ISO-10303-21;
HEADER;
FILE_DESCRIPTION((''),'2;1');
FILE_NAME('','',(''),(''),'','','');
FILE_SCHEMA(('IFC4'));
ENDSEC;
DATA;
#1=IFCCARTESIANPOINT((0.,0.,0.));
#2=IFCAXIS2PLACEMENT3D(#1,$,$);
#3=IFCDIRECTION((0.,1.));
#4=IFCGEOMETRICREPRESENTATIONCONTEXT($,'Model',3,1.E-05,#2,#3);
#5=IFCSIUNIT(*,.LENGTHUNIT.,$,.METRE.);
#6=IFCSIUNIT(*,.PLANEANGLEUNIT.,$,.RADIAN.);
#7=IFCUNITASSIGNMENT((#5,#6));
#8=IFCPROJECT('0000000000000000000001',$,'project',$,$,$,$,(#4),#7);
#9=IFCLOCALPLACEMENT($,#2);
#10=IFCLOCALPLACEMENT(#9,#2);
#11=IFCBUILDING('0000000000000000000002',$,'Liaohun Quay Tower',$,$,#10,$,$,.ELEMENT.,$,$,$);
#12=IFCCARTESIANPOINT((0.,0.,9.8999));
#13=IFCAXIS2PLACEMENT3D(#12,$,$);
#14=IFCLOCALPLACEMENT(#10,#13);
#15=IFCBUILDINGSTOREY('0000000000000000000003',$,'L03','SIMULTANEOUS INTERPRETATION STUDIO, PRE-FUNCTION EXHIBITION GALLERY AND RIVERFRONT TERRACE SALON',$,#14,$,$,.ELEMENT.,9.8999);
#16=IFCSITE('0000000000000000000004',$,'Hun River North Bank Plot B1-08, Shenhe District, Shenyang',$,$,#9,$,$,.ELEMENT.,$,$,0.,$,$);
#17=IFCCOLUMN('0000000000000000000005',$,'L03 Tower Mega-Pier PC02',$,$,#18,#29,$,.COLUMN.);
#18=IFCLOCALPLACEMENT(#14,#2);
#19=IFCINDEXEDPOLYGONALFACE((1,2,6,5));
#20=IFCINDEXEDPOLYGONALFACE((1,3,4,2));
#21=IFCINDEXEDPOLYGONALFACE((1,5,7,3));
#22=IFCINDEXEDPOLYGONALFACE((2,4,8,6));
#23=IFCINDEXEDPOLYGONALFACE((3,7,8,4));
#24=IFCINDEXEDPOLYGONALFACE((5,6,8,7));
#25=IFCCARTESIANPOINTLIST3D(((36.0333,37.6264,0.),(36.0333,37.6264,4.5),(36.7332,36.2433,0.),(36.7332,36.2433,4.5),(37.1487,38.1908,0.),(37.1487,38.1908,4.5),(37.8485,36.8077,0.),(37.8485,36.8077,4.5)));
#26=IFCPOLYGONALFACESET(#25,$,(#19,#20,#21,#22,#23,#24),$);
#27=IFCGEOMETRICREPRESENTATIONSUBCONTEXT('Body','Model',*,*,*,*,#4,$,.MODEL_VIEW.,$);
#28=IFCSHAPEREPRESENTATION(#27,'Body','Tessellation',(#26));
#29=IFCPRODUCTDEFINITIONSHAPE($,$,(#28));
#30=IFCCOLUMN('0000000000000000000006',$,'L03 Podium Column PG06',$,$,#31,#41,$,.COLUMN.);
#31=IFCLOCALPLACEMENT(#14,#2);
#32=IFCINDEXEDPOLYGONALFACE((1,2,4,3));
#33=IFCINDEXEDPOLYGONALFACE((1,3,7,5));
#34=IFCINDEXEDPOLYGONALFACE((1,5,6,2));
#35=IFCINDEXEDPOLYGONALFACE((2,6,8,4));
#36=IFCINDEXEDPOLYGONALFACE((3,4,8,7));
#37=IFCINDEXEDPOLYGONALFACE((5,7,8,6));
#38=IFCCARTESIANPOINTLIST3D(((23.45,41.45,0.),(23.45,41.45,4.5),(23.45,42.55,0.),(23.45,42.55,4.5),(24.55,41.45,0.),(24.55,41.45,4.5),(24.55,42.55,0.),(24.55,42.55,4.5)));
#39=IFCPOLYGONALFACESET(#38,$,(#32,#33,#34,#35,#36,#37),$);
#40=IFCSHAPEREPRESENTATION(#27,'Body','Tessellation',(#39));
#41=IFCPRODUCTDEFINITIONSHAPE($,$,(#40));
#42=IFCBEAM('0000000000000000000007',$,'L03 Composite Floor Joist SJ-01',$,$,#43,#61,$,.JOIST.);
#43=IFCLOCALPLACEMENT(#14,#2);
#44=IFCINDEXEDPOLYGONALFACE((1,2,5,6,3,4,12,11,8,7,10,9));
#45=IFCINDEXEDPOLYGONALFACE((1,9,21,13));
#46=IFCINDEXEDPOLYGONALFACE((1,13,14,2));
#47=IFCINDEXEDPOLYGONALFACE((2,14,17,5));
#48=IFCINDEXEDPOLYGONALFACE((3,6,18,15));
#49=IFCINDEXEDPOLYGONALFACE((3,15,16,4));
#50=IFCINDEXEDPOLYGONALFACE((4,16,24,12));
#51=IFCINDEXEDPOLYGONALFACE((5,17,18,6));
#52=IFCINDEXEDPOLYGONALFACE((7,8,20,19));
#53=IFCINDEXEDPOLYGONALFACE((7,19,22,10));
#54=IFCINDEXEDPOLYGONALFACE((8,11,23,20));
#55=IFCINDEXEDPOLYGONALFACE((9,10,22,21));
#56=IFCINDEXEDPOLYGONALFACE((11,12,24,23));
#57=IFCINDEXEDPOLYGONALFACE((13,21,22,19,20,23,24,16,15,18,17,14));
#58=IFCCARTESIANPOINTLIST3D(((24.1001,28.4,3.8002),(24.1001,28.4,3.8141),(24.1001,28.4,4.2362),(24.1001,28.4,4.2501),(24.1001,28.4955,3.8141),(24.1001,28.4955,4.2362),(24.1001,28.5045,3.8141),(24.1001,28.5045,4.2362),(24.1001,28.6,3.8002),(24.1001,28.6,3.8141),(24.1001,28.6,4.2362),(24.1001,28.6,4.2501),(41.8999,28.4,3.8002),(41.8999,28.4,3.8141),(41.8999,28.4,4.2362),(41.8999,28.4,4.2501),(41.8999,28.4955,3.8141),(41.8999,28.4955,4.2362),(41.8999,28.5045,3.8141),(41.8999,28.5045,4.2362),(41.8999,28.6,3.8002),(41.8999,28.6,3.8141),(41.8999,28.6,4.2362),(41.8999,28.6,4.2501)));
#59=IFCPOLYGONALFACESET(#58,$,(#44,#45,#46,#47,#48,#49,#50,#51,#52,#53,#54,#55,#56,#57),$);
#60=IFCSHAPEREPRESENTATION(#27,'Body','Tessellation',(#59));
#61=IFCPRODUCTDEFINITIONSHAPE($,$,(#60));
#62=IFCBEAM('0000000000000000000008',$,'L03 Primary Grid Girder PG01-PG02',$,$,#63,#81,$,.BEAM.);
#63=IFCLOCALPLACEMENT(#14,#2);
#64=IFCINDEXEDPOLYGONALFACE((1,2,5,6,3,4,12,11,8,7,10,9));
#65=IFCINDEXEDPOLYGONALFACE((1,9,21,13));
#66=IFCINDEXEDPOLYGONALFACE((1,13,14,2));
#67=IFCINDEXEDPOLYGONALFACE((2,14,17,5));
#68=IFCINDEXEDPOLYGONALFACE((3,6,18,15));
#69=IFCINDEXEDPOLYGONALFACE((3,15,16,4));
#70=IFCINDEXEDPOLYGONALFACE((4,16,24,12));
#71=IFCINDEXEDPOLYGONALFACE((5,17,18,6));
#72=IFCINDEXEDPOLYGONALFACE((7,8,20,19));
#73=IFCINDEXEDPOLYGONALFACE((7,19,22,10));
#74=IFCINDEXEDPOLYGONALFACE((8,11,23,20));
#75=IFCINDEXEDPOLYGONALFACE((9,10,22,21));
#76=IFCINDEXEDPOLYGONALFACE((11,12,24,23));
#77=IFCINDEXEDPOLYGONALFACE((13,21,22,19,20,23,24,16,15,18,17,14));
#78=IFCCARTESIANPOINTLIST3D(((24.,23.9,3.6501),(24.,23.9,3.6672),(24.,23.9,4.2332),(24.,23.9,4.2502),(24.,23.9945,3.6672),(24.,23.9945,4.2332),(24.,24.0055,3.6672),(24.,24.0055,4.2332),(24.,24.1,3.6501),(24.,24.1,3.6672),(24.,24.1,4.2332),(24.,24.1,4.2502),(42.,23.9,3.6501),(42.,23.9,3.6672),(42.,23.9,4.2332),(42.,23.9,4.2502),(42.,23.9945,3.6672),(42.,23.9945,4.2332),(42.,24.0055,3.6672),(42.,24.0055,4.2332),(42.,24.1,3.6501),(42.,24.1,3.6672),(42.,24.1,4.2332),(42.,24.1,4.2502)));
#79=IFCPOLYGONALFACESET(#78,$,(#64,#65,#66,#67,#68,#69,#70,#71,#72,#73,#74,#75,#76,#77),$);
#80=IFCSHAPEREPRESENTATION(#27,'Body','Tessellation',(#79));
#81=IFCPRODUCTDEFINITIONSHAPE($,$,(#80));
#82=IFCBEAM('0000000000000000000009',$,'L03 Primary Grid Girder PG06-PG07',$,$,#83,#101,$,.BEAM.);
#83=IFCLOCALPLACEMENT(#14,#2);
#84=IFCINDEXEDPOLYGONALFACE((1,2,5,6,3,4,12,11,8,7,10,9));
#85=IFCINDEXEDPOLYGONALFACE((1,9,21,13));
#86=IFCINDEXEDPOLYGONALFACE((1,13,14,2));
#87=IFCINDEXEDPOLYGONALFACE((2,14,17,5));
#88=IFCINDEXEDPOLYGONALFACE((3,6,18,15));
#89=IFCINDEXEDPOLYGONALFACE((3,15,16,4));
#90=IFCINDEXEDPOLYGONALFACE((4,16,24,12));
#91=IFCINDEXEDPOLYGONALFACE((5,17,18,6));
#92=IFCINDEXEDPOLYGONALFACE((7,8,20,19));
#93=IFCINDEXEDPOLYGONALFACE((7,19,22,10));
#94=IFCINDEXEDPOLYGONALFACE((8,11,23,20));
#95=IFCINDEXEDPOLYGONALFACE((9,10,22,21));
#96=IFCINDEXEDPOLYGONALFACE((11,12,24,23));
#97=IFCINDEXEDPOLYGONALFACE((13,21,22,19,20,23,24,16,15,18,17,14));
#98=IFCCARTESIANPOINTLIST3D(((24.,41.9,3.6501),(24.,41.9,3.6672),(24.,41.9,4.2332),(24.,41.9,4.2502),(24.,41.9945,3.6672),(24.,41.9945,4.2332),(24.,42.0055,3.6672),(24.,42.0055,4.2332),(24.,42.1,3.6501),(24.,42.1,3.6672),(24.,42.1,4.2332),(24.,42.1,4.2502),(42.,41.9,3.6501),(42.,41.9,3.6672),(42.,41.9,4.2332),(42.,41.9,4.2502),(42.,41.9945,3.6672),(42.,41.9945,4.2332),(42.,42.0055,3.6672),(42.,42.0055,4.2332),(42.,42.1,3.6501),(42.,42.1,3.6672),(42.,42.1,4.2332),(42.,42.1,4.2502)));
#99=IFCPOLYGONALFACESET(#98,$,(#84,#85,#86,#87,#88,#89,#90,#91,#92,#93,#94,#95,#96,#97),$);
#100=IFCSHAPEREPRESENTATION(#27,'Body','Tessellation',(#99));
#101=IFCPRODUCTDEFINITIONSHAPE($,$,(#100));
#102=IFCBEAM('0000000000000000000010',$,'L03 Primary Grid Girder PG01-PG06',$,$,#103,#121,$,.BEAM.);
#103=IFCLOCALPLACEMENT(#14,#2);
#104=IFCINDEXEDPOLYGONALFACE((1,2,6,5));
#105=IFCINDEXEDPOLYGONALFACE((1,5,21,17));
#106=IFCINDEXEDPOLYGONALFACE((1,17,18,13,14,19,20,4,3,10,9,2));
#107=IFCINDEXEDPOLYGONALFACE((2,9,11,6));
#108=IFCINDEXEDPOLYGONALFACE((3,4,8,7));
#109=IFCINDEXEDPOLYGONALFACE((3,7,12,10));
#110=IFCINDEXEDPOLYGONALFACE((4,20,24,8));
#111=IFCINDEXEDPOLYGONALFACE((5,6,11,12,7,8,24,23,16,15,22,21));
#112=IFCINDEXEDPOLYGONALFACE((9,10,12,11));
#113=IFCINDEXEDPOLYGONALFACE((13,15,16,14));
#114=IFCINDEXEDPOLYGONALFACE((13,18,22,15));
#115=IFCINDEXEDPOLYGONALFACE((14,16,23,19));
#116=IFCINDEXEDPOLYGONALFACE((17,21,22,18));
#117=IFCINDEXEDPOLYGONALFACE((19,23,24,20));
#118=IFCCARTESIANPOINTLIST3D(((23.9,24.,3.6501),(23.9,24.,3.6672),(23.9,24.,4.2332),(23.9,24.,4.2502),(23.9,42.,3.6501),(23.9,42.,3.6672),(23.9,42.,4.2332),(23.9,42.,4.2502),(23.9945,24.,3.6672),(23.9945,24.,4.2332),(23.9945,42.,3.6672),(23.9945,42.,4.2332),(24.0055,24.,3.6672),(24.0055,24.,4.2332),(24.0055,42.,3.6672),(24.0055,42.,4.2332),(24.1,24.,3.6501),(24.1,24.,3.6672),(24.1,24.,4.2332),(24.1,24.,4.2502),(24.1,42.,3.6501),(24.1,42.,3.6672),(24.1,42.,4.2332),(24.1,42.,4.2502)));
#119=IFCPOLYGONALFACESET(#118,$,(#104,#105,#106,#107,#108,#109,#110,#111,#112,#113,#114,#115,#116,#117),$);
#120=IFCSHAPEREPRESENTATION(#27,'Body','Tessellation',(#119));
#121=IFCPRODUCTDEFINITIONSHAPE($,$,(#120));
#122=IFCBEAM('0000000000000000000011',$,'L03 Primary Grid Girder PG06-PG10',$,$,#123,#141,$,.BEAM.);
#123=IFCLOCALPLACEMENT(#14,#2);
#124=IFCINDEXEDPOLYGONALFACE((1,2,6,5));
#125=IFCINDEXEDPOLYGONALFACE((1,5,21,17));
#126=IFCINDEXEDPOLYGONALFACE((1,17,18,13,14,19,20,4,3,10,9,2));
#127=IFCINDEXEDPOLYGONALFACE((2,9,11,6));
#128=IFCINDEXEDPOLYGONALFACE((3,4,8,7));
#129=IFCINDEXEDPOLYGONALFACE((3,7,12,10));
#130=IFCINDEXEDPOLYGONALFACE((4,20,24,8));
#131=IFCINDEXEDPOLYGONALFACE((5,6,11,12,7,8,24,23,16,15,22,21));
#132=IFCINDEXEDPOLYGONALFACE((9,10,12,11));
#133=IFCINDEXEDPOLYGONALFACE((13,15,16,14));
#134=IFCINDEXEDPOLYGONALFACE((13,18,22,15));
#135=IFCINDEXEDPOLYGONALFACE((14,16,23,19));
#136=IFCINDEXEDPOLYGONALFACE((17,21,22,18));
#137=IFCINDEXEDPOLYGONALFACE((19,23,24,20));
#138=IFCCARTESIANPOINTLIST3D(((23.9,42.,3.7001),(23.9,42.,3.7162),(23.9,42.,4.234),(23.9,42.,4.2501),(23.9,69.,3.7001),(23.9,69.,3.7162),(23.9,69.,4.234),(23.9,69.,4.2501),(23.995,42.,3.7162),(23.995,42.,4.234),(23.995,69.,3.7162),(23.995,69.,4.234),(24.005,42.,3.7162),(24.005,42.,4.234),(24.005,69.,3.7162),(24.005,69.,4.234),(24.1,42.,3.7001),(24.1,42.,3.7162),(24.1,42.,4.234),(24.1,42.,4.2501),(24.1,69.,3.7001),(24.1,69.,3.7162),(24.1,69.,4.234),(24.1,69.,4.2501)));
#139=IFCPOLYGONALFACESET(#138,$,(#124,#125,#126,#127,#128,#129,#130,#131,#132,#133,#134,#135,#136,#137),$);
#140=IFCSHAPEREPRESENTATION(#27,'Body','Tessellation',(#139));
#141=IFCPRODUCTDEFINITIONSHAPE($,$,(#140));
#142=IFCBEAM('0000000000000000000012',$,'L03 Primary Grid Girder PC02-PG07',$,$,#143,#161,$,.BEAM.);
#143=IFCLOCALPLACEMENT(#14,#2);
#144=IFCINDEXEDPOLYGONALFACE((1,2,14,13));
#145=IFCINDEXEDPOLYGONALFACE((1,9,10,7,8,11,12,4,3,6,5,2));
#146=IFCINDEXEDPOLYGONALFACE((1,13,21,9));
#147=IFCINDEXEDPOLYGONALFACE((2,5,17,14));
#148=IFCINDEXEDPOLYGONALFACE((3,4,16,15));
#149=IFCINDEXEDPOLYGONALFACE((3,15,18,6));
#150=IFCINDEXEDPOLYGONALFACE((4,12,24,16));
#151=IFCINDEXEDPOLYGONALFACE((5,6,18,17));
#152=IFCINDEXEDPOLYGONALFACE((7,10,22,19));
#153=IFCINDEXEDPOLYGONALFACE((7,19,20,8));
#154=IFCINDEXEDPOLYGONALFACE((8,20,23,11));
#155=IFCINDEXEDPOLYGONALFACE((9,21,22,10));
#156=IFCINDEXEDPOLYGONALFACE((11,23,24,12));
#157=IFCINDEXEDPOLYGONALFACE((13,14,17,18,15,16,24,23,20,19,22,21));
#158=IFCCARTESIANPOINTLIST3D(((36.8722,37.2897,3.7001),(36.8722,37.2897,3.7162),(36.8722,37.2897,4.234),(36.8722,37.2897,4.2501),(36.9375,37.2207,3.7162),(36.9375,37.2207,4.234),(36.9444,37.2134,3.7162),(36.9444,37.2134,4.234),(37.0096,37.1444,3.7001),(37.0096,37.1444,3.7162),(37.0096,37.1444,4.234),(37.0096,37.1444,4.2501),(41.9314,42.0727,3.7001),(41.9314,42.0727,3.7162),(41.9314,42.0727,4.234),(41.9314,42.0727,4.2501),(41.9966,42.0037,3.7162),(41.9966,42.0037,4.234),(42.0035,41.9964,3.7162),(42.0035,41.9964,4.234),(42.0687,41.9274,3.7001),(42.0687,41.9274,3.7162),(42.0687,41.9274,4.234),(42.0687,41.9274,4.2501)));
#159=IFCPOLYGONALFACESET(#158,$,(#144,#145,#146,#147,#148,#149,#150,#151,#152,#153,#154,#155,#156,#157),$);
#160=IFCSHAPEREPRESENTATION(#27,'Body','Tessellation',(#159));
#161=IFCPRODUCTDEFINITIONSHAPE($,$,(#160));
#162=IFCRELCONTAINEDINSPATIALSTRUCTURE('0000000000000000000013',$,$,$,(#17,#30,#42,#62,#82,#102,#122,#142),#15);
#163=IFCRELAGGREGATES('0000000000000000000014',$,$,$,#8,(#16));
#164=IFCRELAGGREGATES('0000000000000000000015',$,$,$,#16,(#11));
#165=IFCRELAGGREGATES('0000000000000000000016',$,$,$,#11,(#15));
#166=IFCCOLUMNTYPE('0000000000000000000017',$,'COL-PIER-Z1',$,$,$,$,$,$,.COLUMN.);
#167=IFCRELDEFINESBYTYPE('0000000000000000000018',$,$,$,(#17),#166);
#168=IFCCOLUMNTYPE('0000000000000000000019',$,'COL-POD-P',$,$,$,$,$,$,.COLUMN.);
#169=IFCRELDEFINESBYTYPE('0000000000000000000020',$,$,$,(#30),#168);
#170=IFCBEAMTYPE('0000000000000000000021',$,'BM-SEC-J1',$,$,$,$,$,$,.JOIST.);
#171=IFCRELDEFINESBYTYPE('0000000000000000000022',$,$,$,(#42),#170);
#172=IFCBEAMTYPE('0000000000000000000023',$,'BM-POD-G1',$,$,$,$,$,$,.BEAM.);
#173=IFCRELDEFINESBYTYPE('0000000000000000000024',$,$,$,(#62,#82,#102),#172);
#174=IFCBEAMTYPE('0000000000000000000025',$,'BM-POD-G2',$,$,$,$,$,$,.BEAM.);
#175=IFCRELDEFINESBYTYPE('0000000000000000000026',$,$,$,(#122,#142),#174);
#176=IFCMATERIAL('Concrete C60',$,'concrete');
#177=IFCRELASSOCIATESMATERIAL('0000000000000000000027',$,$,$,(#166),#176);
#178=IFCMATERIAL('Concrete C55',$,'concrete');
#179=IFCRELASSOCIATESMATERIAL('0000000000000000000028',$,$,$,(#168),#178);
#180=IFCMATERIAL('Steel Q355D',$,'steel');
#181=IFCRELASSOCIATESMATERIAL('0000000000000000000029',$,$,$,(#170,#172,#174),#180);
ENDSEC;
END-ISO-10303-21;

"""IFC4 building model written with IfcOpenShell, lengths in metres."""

from ifc_helpers import new_model, si_unit, direction, frame, origin, origin_2d, place, context, subcontext, project, spatial, rectangle, i_section, extrude, source, transform, mapped, material, material_profile, profile_set, type_object, element, save


model = new_model("IFC4")

# Units and contexts
model_context = context("Model", 3, precision=1e-05, world=origin(), true_north=direction((0.0, 1.0)))
body_context = subcontext(model_context, "Body", "Model", "MODEL_VIEW")
ifc_project = project(units=[si_unit("LENGTHUNIT", "METRE"), si_unit("PLANEANGLEUNIT", "RADIAN")], contexts=[model_context])

# Site, building, storey
site_placement = place(None, origin())
site = spatial("IfcSite", under=ifc_project, at=site_placement, Name="Hun River North Bank Plot B1-08, Shenhe District, Shenyang", CompositionType="ELEMENT", RefElevation=0.0)
building_placement = place(site_placement, origin())
building = spatial("IfcBuilding", under=site, at=building_placement, Name="Liaohun Quay Tower", CompositionType="ELEMENT")
storey_placement = place(building_placement, frame((0.0, 0.0, 9.8999)))
storey = spatial("IfcBuildingStorey", under=building, at=storey_placement, Name="L03", Description="SIMULTANEOUS INTERPRETATION STUDIO, PRE-FUNCTION EXHIBITION GALLERY AND RIVERFRONT TERRACE SALON", CompositionType="ELEMENT", Elevation=9.8999)

# Columns
ifc_material_1 = material(Name="Concrete C60", Category="concrete")
ifc_material_profile_1 = material_profile(ifc_material_1, rectangle(XDim=1.55, YDim=1.25, at=origin_2d()), Name="RC1550x1250")
ifc_profile_set_1 = profile_set([ifc_material_profile_1], Name="Concrete C60")
column_type_1 = type_object("IfcColumnType", Name="COL-PIER-Z1", PredefinedType="COLUMN", material=ifc_profile_set_1)
shared_shape_1 = source(origin(), body_context, "Body", "SweptSolid", [
    extrude(rectangle(XDim=1.55, YDim=1.25, at=origin_2d()), origin(), (0.0, 0.0, 1.0), 4.5),
])
column_1_placement = place(storey_placement, frame((36.9409, 37.217, 0.0), z_axis=(0.0, 0.0, 1.0), x_axis=(-0.451501, 0.892271, 0.0)))
element("IfcColumn", 1, at=column_1_placement, inside=storey, type_object=column_type_1, Name="L03 Tower Mega-Pier PC02", PredefinedType="COLUMN", context=body_context, shape_type="MappedRepresentation", body=[
    mapped(shared_shape_1, transform((0.0, 0.0, 0.0), x_axis=(1.0, 0.0, 0.0), y_axis=(0.0, 1.0, 0.0), z_axis=(0.0, 0.0, 1.0), scale=1.0)),
])
ifc_material_2 = material(Name="Concrete C55", Category="concrete")
ifc_material_profile_2 = material_profile(ifc_material_2, rectangle(XDim=1.1001, YDim=1.1001, at=origin_2d()), Name="RC1100x1100")
ifc_profile_set_2 = profile_set([ifc_material_profile_2], Name="Concrete C55")
column_type_2 = type_object("IfcColumnType", Name="COL-POD-P", PredefinedType="COLUMN", material=ifc_profile_set_2)
shared_shape_2 = source(origin(), body_context, "Body", "SweptSolid", [
    extrude(rectangle(XDim=1.1001, YDim=1.1001, at=origin_2d()), origin(), (0.0, 0.0, 1.0), 4.5),
])
column_2_placement = place(storey_placement, frame((24.0, 42.0, 0.0), z_axis=(0.0, 0.0, 1.0), x_axis=(1.0, 0.0, 0.0)))
element("IfcColumn", 2, at=column_2_placement, inside=storey, type_object=column_type_2, Name="L03 Podium Column PG06", PredefinedType="COLUMN", context=body_context, shape_type="MappedRepresentation", body=[
    mapped(shared_shape_2, transform((0.0, 0.0, 0.0), x_axis=(1.0, 0.0, 0.0), y_axis=(0.0, 1.0, 0.0), z_axis=(0.0, 0.0, 1.0), scale=1.0)),
])

# Beams
ifc_material_3 = material(Name="Steel Q355D", Category="steel")
ifc_material_profile_3 = material_profile(ifc_material_3, i_section(OverallWidth=0.2, OverallDepth=0.45, WebThickness=0.009, FlangeThickness=0.0139, at=origin_2d()), Name="HN450x200x9x14")
ifc_profile_set_3 = profile_set([ifc_material_profile_3], Name="Steel Q355D")
beam_type_1 = type_object("IfcBeamType", Name="BM-SEC-J1", PredefinedType="JOIST", material=ifc_profile_set_3)
shared_shape_3 = source(origin(), body_context, "Body", "SweptSolid", [
    extrude(i_section(OverallWidth=0.2, OverallDepth=0.45, WebThickness=0.009, FlangeThickness=0.0139, at=origin_2d()), origin(), (0.0, 0.0, 1.0), 17.7998),
])
beam_1_placement = place(storey_placement, frame((24.1001, 28.5, 4.0251), z_axis=(1.0, 0.0, 0.0), x_axis=(0.0, 1.0, 0.0)))
element("IfcBeam", 3, at=beam_1_placement, inside=storey, type_object=beam_type_1, Name="L03 Composite Floor Joist SJ-01", PredefinedType="JOIST", context=body_context, shape_type="MappedRepresentation", body=[
    mapped(shared_shape_3, transform((0.0, 0.0, 0.0), x_axis=(1.0, 0.0, 0.0), y_axis=(0.0, 1.0, 0.0), z_axis=(0.0, 0.0, 1.0), scale=1.0)),
])
ifc_material_profile_4 = material_profile(ifc_material_3, i_section(OverallWidth=0.2, OverallDepth=0.6001, WebThickness=0.011, FlangeThickness=0.0171, at=origin_2d()), Name="HN600x200x11x17")
ifc_profile_set_4 = profile_set([ifc_material_profile_4], Name="Steel Q355D")
beam_type_2 = type_object("IfcBeamType", Name="BM-POD-G1", PredefinedType="BEAM", material=ifc_profile_set_4)
shared_shape_4 = source(origin(), body_context, "Body", "SweptSolid", [
    extrude(i_section(OverallWidth=0.2, OverallDepth=0.6001, WebThickness=0.011, FlangeThickness=0.0171, at=origin_2d()), origin(), (0.0, 0.0, 1.0), 18.0),
])
for number, where, z_axis, x_axis, name in (
    (4, (24.0, 24.0, 3.9502), (1.0, 0.0, 0.0), (0.0, 1.0, 0.0), "L03 Primary Grid Girder PG01-PG02"),
    (5, (24.0, 42.0, 3.9502), (1.0, 0.0, 0.0), (0.0, 1.0, 0.0), "L03 Primary Grid Girder PG06-PG07"),
    (6, (24.0, 24.0, 3.9502), (0.0, 1.0, 0.0), (-1.0, 0.0, 0.0), "L03 Primary Grid Girder PG01-PG06"),
):
    element("IfcBeam", number, at=place(storey_placement, frame(where, z_axis=z_axis, x_axis=x_axis)), inside=storey, type_object=beam_type_2, Name=name, PredefinedType="BEAM", context=body_context, shape_type="MappedRepresentation", body=[
        mapped(shared_shape_4, transform((0.0, 0.0, 0.0), x_axis=(1.0, 0.0, 0.0), y_axis=(0.0, 1.0, 0.0), z_axis=(0.0, 0.0, 1.0), scale=1.0)),
    ])
ifc_material_profile_5 = material_profile(ifc_material_3, i_section(OverallWidth=0.2, OverallDepth=0.55, WebThickness=0.01, FlangeThickness=0.0161, at=origin_2d()), Name="HN550x200x10x16")
ifc_profile_set_5 = profile_set([ifc_material_profile_5], Name="Steel Q355D")
beam_type_3 = type_object("IfcBeamType", Name="BM-POD-G2", PredefinedType="BEAM", material=ifc_profile_set_5)
shared_shape_5 = source(origin(), body_context, "Body", "SweptSolid", [
    extrude(i_section(OverallWidth=0.2, OverallDepth=0.55, WebThickness=0.01, FlangeThickness=0.0161, at=origin_2d()), origin(), (0.0, 0.0, 1.0), 27.0),
])
beam_2_placement = place(storey_placement, frame((24.0, 42.0, 3.9751), z_axis=(0.0, 1.0, 0.0), x_axis=(-1.0, 0.0, 0.0)))
element("IfcBeam", 7, at=beam_2_placement, inside=storey, type_object=beam_type_3, Name="L03 Primary Grid Girder PG06-PG10", PredefinedType="BEAM", context=body_context, shape_type="MappedRepresentation", body=[
    mapped(shared_shape_5, transform((0.0, 0.0, 0.0), x_axis=(1.0, 0.0, 0.0), y_axis=(0.0, 1.0, 0.0), z_axis=(0.0, 0.0, 1.0), scale=1.0)),
])
shared_shape_6 = source(origin(), body_context, "Body", "SweptSolid", [
    extrude(i_section(OverallWidth=0.2, OverallDepth=0.55, WebThickness=0.01, FlangeThickness=0.0161, at=origin_2d()), origin(), (0.0, 0.0, 1.0), 6.9622),
])
beam_3_placement = place(storey_placement, frame((36.9409, 37.217, 3.9751), z_axis=(0.726659, 0.686998, 0.0), x_axis=(-0.686998, 0.726659, 0.0)))
element("IfcBeam", 8, at=beam_3_placement, inside=storey, type_object=beam_type_3, Name="L03 Primary Grid Girder PC02-PG07", PredefinedType="BEAM", context=body_context, shape_type="MappedRepresentation", body=[
    mapped(shared_shape_6, transform((0.0, 0.0, 0.0), x_axis=(1.0, 0.0, 0.0), y_axis=(0.0, 1.0, 0.0), z_axis=(0.0, 0.0, 1.0), scale=1.0)),
])

save(model, "model.ifc")
